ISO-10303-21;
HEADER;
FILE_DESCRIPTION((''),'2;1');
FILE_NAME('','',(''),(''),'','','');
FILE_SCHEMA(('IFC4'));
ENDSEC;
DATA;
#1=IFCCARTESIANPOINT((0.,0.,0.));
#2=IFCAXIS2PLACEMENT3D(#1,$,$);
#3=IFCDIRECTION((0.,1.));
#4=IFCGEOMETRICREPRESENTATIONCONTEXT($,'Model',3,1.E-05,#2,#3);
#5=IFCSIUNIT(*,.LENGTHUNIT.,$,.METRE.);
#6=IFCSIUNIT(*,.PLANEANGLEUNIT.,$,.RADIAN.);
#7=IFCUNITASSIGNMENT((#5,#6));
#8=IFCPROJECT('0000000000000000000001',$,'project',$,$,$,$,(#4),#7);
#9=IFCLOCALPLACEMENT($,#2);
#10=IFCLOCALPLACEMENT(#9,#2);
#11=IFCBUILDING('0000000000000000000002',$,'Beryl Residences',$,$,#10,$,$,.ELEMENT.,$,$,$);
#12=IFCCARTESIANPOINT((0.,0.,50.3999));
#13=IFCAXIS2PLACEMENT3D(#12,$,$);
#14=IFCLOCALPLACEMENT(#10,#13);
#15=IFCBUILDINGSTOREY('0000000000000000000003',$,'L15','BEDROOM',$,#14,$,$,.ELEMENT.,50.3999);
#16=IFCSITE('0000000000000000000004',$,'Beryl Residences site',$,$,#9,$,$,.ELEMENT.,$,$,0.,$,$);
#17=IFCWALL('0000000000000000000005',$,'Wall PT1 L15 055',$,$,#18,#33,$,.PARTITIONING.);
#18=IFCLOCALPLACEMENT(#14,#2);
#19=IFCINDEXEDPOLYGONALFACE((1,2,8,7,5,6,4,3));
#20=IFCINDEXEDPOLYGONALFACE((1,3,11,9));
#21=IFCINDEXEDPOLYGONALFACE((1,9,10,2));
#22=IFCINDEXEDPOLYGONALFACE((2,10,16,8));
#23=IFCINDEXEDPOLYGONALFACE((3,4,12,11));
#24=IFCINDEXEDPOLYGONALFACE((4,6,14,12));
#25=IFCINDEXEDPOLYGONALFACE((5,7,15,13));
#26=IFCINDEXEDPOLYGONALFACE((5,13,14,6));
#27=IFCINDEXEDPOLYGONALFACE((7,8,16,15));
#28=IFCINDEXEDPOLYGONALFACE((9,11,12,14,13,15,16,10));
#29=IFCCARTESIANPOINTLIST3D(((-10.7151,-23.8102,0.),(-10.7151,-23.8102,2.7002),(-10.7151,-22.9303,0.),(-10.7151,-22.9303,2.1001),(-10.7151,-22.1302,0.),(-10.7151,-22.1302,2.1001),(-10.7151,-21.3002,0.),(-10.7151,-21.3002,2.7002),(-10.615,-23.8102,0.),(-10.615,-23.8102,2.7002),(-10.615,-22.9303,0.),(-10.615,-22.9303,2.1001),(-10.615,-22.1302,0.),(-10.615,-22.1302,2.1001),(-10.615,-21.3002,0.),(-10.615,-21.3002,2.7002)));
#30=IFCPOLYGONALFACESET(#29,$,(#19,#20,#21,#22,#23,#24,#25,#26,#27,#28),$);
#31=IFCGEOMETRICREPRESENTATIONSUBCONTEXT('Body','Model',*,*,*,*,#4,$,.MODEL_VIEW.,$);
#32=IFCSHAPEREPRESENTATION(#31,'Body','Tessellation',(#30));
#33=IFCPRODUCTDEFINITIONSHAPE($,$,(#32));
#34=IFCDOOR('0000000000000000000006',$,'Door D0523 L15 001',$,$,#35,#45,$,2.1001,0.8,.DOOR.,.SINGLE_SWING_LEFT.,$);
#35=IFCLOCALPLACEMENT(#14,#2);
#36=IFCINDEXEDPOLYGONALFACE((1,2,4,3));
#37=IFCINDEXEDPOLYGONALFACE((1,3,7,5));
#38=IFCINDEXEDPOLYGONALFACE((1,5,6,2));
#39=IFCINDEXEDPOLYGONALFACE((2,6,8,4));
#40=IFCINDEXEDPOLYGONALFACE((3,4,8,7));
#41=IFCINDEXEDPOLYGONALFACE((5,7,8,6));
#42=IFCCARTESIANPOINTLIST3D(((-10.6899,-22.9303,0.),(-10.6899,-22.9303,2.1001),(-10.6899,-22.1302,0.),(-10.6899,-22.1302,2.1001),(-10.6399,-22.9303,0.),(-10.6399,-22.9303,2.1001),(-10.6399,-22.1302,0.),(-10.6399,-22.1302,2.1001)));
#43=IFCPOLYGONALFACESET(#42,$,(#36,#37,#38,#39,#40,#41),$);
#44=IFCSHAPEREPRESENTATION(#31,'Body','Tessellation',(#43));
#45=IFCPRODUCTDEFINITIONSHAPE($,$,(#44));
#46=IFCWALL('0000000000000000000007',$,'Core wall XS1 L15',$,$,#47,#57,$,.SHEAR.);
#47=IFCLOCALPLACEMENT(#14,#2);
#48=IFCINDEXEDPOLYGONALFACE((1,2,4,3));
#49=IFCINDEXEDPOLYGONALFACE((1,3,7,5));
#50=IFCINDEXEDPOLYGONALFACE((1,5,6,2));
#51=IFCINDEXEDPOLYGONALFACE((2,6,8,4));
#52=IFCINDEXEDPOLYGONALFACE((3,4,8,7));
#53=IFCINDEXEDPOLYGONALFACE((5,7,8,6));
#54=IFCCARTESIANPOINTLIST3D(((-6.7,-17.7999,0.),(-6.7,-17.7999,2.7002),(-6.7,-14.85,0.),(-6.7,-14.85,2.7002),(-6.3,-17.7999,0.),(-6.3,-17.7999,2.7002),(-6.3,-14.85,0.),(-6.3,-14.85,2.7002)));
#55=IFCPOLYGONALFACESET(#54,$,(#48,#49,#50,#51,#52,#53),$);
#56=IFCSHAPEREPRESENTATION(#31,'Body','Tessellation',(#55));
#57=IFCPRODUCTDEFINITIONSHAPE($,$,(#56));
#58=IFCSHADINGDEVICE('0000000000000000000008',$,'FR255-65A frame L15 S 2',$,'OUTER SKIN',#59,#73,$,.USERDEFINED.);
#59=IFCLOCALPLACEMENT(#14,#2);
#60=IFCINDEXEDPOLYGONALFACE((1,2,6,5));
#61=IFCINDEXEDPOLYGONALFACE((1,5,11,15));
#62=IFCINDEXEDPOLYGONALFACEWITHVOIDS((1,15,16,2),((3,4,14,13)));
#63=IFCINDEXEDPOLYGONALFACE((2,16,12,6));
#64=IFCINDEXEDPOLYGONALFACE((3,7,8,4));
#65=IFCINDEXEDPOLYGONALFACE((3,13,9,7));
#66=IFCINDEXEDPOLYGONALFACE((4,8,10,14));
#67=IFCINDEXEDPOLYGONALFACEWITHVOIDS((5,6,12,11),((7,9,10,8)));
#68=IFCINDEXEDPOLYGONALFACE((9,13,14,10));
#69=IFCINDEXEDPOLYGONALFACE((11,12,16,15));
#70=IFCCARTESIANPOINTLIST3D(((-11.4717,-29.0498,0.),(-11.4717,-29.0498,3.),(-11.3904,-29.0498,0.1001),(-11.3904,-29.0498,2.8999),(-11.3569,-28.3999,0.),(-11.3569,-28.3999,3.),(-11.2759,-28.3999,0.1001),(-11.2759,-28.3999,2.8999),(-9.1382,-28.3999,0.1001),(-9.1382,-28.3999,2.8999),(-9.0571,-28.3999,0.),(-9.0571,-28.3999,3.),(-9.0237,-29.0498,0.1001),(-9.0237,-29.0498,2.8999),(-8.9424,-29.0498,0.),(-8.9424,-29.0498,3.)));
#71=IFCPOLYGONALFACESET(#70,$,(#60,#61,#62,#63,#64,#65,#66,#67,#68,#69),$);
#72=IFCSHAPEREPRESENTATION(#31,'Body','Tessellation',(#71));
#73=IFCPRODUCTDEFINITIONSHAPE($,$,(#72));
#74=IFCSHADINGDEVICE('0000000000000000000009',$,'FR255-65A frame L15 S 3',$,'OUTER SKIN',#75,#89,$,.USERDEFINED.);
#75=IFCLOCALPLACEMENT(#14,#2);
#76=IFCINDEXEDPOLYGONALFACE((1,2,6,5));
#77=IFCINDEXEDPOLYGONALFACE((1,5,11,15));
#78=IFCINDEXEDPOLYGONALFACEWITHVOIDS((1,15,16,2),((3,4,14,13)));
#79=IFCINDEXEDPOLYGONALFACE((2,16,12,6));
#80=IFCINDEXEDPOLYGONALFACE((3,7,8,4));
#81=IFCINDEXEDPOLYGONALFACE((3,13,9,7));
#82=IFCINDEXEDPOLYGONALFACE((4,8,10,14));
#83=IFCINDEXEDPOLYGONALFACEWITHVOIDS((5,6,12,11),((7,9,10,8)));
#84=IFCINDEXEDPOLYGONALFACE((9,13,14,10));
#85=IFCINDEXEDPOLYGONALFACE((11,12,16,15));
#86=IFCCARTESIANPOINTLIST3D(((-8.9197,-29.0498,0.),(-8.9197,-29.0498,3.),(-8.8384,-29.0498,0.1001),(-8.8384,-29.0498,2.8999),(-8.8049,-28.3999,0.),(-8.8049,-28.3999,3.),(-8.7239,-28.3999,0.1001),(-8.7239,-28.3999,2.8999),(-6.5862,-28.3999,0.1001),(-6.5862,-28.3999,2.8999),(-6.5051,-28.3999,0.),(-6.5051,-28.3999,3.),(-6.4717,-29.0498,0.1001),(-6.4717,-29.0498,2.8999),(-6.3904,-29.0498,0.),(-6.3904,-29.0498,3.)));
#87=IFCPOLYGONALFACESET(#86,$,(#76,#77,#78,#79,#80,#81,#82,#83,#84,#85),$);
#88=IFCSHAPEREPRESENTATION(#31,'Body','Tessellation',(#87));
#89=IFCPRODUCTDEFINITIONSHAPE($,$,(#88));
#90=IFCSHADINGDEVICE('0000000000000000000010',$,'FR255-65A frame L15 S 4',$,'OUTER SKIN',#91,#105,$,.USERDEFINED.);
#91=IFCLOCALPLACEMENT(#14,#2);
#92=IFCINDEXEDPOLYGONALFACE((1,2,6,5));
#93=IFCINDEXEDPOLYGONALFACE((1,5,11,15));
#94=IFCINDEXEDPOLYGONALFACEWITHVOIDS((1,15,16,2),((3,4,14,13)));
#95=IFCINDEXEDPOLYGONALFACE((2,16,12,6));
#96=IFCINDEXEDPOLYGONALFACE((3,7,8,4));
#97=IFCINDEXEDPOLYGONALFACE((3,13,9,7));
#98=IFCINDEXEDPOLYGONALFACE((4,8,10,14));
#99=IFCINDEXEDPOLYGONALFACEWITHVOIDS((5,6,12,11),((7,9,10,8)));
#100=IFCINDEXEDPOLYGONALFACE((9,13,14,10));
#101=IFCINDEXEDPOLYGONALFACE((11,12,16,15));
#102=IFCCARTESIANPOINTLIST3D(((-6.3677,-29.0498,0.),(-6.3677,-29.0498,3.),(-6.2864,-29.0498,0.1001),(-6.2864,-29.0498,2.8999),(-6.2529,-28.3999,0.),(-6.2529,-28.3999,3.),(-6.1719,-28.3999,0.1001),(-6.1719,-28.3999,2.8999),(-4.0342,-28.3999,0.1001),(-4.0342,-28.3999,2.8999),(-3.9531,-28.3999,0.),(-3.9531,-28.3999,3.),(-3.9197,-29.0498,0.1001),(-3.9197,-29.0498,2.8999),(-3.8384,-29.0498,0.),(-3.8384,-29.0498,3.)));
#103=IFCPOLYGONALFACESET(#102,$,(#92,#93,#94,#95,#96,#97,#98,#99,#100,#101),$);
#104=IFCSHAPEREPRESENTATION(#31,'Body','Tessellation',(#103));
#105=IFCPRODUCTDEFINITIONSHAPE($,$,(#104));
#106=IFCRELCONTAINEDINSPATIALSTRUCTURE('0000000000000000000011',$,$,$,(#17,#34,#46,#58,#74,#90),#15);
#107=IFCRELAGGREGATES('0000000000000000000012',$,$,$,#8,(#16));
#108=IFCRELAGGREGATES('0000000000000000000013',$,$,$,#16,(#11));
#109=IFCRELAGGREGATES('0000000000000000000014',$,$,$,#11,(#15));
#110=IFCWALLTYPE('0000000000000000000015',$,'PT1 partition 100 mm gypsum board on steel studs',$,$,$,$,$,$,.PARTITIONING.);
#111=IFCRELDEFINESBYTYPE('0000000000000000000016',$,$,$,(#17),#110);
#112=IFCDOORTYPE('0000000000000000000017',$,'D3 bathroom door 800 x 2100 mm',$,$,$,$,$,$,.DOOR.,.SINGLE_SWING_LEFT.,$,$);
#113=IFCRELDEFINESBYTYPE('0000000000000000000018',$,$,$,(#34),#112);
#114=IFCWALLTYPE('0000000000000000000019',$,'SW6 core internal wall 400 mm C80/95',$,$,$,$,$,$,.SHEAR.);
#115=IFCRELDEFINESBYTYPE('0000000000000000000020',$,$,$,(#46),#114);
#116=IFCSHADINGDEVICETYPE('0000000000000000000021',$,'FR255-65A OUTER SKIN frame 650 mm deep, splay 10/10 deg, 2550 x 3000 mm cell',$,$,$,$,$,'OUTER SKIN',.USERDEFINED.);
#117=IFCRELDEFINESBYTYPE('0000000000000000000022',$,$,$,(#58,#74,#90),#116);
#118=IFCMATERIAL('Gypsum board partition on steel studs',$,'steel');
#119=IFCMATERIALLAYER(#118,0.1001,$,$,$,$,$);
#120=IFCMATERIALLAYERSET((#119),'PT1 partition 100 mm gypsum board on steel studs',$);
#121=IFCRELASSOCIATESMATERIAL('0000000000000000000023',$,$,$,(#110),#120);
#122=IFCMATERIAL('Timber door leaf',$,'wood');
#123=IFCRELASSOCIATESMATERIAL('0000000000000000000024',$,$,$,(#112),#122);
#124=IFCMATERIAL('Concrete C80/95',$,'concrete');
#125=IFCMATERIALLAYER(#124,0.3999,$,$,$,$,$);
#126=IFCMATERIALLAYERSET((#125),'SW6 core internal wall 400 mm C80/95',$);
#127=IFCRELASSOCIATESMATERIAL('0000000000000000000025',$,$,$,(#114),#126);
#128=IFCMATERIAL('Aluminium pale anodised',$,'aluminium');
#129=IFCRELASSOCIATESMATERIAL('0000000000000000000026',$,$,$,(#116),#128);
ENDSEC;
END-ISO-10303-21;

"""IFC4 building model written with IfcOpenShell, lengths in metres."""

from ifc_helpers import new_model, entity, si_unit, direction, frame, frame_2d, origin, place, context, subcontext, project, spatial, rectangle, extrude, source, transform, mapped, material, layer, layer_set, type_object, type_shapes, element, fill, save


model = new_model("IFC4")

# Units and contexts
model_context = context("Model", 3, precision=1e-05, world=origin(), true_north=direction((0.0, 1.0)))
body_context = subcontext(model_context, "Body", "Model", "MODEL_VIEW")
ifc_project = project(units=[si_unit("LENGTHUNIT", "METRE"), si_unit("PLANEANGLEUNIT", "RADIAN")], contexts=[model_context])

# Site, building, storey
site_placement = place(None, origin())
site = spatial("IfcSite", under=ifc_project, at=site_placement, Name="Beryl Residences site", CompositionType="ELEMENT", RefElevation=0.0)
building_placement = place(site_placement, origin())
building = spatial("IfcBuilding", under=site, at=building_placement, Name="Beryl Residences", CompositionType="ELEMENT")
storey_placement = place(building_placement, frame((0.0, 0.0, 50.3999)))
storey = spatial("IfcBuildingStorey", under=building, at=storey_placement, Name="L15", Description="BEDROOM", CompositionType="ELEMENT", Elevation=50.3999)

# Shared definitions
ifc_material_1 = material(Name="Gypsum board partition on steel studs", Category="steel")
ifc_layer_1 = layer(ifc_material_1, 0.1001)
ifc_layer_set_1 = layer_set([ifc_layer_1], Name="PT1 partition 100 mm gypsum board on steel studs")
wall_type_1 = type_object("IfcWallType", Name="PT1 partition 100 mm gypsum board on steel studs", PredefinedType="PARTITIONING", material=ifc_layer_set_1)

# Wall, opening, door
ifc_material_2 = material(Name="Timber door leaf", Category="wood")
door_type_1 = type_object("IfcDoorType", Name="D3 bathroom door 800 x 2100 mm", OperationType="SINGLE_SWING_LEFT", PredefinedType="DOOR", material=ifc_material_2)
wall_1_placement = place(storey_placement, frame((-10.665, -23.8101, 0.0), z_axis=(0.0, 0.0, 1.0), x_axis=(0.0, 1.0, 0.0)))
wall_1 = element("IfcWall", 1, at=wall_1_placement, inside=storey, type_object=wall_type_1, Name="Wall PT1 L15 055", PredefinedType="PARTITIONING", context=body_context, shape_type="SweptSolid", body=[
    extrude(rectangle(XDim=2.51, YDim=0.1001, at=frame_2d((1.2549, 0.0))), origin(), (0.0, 0.0, 1.0), 2.7002),
])
opening_1_placement = place(wall_1_placement, frame((0.8799, 0.0, 0.0)))
opening_1 = element("IfcOpeningElement", 2, at=opening_1_placement, cuts=wall_1, PredefinedType="OPENING", context=body_context, shape_type="SweptSolid", body=[
    extrude(rectangle(XDim=0.8, YDim=2.1001, at=frame_2d((0.3999, 1.05))), frame((0.0, 0.0601, 0.0), z_axis=(0.0, -1.0, 0.0), x_axis=(1.0, 0.0, 0.0)), (0.0, 0.0, 1.0), 0.1201),
])
door_1_placement = place(opening_1_placement, origin())
door_1 = element("IfcDoor", 3, at=door_1_placement, inside=storey, type_object=door_type_1, Name="Door D0523 L15 001", OperationType="SINGLE_SWING_LEFT", OverallHeight=2.1001, OverallWidth=0.8, PredefinedType="DOOR", context=body_context, shape_type="SweptSolid", body=[
    extrude(rectangle(XDim=0.8, YDim=2.1001, at=frame_2d((0.3999, 1.05))), frame((0.0, 0.0249, 0.0), z_axis=(0.0, -1.0, 0.0), x_axis=(1.0, 0.0, 0.0)), (0.0, 0.0, 1.0), 0.05),
])
fill(opening_1, door_1)

# Wall
ifc_material_3 = material(Name="Concrete C80/95", Category="concrete")
ifc_layer_2 = layer(ifc_material_3, 0.3999)
ifc_layer_set_2 = layer_set([ifc_layer_2], Name="SW6 core internal wall 400 mm C80/95")
wall_type_2 = type_object("IfcWallType", Name="SW6 core internal wall 400 mm C80/95", PredefinedType="SHEAR", material=ifc_layer_set_2)
wall_2_placement = place(storey_placement, frame((-6.5, -17.8, 0.0), z_axis=(0.0, 0.0, 1.0), x_axis=(0.0, 1.0, 0.0)))
element("IfcWall", 4, at=wall_2_placement, inside=storey, type_object=wall_type_2, Name="Core wall XS1 L15", PredefinedType="SHEAR", context=body_context, shape_type="SweptSolid", body=[
    extrude(rectangle(XDim=2.95, YDim=0.3999, at=frame_2d((1.4751, 0.0))), origin(), (0.0, 0.0, 1.0), 2.7002),
])

# Shading devices
ifc_material_4 = material(Name="Aluminium pale anodised", Category="aluminium")
shading_device_type = type_object("IfcShadingDeviceType", Name="FR255-65A OUTER SKIN frame 650 mm deep, splay 10/10 deg, 2550 x 3000 mm cell", ElementType="OUTER SKIN", PredefinedType="USERDEFINED", material=ifc_material_4)
cartesian_point_1 = entity("IfcCartesianPoint", [-1.1499, 0.0])
cartesian_point_2 = entity("IfcCartesianPoint", [-1.0688, 0.1001])
cartesian_point_3 = entity("IfcCartesianPoint", [-1.2646, 0.0])
cartesian_point_4 = entity("IfcCartesianPoint", [-1.1833, 0.1001])
shared_shape = source(origin(), body_context, "Body", "SweptSolid", [
    entity("IfcExtrudedAreaSolidTapered", entity("IfcArbitraryProfileDefWithVoids", "AREA", None, entity("IfcPolyline", [cartesian_point_1, entity("IfcCartesianPoint", [1.1499, 0.0]), entity("IfcCartesianPoint", [1.1499, 3.0]), entity("IfcCartesianPoint", [-1.1499, 3.0]), cartesian_point_1]), [entity("IfcPolyline", [cartesian_point_2, entity("IfcCartesianPoint", [1.0688, 0.1001]), entity("IfcCartesianPoint", [1.0688, 2.8999]), entity("IfcCartesianPoint", [-1.0688, 2.8999]), cartesian_point_2])]), entity("IfcAxis2Placement3D", entity("IfcCartesianPoint", [0.0, 0.0, 0.0]), entity("IfcDirection", [0.0, 1.0, 0.0]), entity("IfcDirection", [-1.0, 0.0, 0.0])), entity("IfcDirection", [0.0, 0.0, 1.0]), 0.6499, entity("IfcArbitraryProfileDefWithVoids", "AREA", None, entity("IfcPolyline", [cartesian_point_3, entity("IfcCartesianPoint", [1.2646, 0.0]), entity("IfcCartesianPoint", [1.2646, 3.0]), entity("IfcCartesianPoint", [-1.2646, 3.0]), cartesian_point_3]), [entity("IfcPolyline", [cartesian_point_4, entity("IfcCartesianPoint", [1.1833, 0.1001]), entity("IfcCartesianPoint", [1.1833, 2.8999]), entity("IfcCartesianPoint", [-1.1833, 2.8999]), cartesian_point_4])])),
])
type_shapes(shading_device_type, [shared_shape])
for number, where, z_axis, x_axis, name in (
    (5, (-10.207, -28.3999, 0.0), (0.0, 0.0, 1.0), (-1.0, 0.0, 0.0), "FR255-65A frame L15 S 2"),
    (6, (-7.655, -28.3999, 0.0), (0.0, 0.0, 1.0), (-1.0, 0.0, 0.0), "FR255-65A frame L15 S 3"),
    (7, (-5.103, -28.3999, 0.0), (0.0, 0.0, 1.0), (-1.0, 0.0, 0.0), "FR255-65A frame L15 S 4"),
):
    element("IfcShadingDevice", number, at=place(storey_placement, frame(where, z_axis=z_axis, x_axis=x_axis)), inside=storey, type_object=shading_device_type, Name=name, ObjectType="OUTER SKIN", PredefinedType="USERDEFINED", context=body_context, shape_type="MappedRepresentation", body=[
        mapped(shared_shape, transform((0.0, 0.0, 0.0))),
    ])

save(model, "model.ifc")
